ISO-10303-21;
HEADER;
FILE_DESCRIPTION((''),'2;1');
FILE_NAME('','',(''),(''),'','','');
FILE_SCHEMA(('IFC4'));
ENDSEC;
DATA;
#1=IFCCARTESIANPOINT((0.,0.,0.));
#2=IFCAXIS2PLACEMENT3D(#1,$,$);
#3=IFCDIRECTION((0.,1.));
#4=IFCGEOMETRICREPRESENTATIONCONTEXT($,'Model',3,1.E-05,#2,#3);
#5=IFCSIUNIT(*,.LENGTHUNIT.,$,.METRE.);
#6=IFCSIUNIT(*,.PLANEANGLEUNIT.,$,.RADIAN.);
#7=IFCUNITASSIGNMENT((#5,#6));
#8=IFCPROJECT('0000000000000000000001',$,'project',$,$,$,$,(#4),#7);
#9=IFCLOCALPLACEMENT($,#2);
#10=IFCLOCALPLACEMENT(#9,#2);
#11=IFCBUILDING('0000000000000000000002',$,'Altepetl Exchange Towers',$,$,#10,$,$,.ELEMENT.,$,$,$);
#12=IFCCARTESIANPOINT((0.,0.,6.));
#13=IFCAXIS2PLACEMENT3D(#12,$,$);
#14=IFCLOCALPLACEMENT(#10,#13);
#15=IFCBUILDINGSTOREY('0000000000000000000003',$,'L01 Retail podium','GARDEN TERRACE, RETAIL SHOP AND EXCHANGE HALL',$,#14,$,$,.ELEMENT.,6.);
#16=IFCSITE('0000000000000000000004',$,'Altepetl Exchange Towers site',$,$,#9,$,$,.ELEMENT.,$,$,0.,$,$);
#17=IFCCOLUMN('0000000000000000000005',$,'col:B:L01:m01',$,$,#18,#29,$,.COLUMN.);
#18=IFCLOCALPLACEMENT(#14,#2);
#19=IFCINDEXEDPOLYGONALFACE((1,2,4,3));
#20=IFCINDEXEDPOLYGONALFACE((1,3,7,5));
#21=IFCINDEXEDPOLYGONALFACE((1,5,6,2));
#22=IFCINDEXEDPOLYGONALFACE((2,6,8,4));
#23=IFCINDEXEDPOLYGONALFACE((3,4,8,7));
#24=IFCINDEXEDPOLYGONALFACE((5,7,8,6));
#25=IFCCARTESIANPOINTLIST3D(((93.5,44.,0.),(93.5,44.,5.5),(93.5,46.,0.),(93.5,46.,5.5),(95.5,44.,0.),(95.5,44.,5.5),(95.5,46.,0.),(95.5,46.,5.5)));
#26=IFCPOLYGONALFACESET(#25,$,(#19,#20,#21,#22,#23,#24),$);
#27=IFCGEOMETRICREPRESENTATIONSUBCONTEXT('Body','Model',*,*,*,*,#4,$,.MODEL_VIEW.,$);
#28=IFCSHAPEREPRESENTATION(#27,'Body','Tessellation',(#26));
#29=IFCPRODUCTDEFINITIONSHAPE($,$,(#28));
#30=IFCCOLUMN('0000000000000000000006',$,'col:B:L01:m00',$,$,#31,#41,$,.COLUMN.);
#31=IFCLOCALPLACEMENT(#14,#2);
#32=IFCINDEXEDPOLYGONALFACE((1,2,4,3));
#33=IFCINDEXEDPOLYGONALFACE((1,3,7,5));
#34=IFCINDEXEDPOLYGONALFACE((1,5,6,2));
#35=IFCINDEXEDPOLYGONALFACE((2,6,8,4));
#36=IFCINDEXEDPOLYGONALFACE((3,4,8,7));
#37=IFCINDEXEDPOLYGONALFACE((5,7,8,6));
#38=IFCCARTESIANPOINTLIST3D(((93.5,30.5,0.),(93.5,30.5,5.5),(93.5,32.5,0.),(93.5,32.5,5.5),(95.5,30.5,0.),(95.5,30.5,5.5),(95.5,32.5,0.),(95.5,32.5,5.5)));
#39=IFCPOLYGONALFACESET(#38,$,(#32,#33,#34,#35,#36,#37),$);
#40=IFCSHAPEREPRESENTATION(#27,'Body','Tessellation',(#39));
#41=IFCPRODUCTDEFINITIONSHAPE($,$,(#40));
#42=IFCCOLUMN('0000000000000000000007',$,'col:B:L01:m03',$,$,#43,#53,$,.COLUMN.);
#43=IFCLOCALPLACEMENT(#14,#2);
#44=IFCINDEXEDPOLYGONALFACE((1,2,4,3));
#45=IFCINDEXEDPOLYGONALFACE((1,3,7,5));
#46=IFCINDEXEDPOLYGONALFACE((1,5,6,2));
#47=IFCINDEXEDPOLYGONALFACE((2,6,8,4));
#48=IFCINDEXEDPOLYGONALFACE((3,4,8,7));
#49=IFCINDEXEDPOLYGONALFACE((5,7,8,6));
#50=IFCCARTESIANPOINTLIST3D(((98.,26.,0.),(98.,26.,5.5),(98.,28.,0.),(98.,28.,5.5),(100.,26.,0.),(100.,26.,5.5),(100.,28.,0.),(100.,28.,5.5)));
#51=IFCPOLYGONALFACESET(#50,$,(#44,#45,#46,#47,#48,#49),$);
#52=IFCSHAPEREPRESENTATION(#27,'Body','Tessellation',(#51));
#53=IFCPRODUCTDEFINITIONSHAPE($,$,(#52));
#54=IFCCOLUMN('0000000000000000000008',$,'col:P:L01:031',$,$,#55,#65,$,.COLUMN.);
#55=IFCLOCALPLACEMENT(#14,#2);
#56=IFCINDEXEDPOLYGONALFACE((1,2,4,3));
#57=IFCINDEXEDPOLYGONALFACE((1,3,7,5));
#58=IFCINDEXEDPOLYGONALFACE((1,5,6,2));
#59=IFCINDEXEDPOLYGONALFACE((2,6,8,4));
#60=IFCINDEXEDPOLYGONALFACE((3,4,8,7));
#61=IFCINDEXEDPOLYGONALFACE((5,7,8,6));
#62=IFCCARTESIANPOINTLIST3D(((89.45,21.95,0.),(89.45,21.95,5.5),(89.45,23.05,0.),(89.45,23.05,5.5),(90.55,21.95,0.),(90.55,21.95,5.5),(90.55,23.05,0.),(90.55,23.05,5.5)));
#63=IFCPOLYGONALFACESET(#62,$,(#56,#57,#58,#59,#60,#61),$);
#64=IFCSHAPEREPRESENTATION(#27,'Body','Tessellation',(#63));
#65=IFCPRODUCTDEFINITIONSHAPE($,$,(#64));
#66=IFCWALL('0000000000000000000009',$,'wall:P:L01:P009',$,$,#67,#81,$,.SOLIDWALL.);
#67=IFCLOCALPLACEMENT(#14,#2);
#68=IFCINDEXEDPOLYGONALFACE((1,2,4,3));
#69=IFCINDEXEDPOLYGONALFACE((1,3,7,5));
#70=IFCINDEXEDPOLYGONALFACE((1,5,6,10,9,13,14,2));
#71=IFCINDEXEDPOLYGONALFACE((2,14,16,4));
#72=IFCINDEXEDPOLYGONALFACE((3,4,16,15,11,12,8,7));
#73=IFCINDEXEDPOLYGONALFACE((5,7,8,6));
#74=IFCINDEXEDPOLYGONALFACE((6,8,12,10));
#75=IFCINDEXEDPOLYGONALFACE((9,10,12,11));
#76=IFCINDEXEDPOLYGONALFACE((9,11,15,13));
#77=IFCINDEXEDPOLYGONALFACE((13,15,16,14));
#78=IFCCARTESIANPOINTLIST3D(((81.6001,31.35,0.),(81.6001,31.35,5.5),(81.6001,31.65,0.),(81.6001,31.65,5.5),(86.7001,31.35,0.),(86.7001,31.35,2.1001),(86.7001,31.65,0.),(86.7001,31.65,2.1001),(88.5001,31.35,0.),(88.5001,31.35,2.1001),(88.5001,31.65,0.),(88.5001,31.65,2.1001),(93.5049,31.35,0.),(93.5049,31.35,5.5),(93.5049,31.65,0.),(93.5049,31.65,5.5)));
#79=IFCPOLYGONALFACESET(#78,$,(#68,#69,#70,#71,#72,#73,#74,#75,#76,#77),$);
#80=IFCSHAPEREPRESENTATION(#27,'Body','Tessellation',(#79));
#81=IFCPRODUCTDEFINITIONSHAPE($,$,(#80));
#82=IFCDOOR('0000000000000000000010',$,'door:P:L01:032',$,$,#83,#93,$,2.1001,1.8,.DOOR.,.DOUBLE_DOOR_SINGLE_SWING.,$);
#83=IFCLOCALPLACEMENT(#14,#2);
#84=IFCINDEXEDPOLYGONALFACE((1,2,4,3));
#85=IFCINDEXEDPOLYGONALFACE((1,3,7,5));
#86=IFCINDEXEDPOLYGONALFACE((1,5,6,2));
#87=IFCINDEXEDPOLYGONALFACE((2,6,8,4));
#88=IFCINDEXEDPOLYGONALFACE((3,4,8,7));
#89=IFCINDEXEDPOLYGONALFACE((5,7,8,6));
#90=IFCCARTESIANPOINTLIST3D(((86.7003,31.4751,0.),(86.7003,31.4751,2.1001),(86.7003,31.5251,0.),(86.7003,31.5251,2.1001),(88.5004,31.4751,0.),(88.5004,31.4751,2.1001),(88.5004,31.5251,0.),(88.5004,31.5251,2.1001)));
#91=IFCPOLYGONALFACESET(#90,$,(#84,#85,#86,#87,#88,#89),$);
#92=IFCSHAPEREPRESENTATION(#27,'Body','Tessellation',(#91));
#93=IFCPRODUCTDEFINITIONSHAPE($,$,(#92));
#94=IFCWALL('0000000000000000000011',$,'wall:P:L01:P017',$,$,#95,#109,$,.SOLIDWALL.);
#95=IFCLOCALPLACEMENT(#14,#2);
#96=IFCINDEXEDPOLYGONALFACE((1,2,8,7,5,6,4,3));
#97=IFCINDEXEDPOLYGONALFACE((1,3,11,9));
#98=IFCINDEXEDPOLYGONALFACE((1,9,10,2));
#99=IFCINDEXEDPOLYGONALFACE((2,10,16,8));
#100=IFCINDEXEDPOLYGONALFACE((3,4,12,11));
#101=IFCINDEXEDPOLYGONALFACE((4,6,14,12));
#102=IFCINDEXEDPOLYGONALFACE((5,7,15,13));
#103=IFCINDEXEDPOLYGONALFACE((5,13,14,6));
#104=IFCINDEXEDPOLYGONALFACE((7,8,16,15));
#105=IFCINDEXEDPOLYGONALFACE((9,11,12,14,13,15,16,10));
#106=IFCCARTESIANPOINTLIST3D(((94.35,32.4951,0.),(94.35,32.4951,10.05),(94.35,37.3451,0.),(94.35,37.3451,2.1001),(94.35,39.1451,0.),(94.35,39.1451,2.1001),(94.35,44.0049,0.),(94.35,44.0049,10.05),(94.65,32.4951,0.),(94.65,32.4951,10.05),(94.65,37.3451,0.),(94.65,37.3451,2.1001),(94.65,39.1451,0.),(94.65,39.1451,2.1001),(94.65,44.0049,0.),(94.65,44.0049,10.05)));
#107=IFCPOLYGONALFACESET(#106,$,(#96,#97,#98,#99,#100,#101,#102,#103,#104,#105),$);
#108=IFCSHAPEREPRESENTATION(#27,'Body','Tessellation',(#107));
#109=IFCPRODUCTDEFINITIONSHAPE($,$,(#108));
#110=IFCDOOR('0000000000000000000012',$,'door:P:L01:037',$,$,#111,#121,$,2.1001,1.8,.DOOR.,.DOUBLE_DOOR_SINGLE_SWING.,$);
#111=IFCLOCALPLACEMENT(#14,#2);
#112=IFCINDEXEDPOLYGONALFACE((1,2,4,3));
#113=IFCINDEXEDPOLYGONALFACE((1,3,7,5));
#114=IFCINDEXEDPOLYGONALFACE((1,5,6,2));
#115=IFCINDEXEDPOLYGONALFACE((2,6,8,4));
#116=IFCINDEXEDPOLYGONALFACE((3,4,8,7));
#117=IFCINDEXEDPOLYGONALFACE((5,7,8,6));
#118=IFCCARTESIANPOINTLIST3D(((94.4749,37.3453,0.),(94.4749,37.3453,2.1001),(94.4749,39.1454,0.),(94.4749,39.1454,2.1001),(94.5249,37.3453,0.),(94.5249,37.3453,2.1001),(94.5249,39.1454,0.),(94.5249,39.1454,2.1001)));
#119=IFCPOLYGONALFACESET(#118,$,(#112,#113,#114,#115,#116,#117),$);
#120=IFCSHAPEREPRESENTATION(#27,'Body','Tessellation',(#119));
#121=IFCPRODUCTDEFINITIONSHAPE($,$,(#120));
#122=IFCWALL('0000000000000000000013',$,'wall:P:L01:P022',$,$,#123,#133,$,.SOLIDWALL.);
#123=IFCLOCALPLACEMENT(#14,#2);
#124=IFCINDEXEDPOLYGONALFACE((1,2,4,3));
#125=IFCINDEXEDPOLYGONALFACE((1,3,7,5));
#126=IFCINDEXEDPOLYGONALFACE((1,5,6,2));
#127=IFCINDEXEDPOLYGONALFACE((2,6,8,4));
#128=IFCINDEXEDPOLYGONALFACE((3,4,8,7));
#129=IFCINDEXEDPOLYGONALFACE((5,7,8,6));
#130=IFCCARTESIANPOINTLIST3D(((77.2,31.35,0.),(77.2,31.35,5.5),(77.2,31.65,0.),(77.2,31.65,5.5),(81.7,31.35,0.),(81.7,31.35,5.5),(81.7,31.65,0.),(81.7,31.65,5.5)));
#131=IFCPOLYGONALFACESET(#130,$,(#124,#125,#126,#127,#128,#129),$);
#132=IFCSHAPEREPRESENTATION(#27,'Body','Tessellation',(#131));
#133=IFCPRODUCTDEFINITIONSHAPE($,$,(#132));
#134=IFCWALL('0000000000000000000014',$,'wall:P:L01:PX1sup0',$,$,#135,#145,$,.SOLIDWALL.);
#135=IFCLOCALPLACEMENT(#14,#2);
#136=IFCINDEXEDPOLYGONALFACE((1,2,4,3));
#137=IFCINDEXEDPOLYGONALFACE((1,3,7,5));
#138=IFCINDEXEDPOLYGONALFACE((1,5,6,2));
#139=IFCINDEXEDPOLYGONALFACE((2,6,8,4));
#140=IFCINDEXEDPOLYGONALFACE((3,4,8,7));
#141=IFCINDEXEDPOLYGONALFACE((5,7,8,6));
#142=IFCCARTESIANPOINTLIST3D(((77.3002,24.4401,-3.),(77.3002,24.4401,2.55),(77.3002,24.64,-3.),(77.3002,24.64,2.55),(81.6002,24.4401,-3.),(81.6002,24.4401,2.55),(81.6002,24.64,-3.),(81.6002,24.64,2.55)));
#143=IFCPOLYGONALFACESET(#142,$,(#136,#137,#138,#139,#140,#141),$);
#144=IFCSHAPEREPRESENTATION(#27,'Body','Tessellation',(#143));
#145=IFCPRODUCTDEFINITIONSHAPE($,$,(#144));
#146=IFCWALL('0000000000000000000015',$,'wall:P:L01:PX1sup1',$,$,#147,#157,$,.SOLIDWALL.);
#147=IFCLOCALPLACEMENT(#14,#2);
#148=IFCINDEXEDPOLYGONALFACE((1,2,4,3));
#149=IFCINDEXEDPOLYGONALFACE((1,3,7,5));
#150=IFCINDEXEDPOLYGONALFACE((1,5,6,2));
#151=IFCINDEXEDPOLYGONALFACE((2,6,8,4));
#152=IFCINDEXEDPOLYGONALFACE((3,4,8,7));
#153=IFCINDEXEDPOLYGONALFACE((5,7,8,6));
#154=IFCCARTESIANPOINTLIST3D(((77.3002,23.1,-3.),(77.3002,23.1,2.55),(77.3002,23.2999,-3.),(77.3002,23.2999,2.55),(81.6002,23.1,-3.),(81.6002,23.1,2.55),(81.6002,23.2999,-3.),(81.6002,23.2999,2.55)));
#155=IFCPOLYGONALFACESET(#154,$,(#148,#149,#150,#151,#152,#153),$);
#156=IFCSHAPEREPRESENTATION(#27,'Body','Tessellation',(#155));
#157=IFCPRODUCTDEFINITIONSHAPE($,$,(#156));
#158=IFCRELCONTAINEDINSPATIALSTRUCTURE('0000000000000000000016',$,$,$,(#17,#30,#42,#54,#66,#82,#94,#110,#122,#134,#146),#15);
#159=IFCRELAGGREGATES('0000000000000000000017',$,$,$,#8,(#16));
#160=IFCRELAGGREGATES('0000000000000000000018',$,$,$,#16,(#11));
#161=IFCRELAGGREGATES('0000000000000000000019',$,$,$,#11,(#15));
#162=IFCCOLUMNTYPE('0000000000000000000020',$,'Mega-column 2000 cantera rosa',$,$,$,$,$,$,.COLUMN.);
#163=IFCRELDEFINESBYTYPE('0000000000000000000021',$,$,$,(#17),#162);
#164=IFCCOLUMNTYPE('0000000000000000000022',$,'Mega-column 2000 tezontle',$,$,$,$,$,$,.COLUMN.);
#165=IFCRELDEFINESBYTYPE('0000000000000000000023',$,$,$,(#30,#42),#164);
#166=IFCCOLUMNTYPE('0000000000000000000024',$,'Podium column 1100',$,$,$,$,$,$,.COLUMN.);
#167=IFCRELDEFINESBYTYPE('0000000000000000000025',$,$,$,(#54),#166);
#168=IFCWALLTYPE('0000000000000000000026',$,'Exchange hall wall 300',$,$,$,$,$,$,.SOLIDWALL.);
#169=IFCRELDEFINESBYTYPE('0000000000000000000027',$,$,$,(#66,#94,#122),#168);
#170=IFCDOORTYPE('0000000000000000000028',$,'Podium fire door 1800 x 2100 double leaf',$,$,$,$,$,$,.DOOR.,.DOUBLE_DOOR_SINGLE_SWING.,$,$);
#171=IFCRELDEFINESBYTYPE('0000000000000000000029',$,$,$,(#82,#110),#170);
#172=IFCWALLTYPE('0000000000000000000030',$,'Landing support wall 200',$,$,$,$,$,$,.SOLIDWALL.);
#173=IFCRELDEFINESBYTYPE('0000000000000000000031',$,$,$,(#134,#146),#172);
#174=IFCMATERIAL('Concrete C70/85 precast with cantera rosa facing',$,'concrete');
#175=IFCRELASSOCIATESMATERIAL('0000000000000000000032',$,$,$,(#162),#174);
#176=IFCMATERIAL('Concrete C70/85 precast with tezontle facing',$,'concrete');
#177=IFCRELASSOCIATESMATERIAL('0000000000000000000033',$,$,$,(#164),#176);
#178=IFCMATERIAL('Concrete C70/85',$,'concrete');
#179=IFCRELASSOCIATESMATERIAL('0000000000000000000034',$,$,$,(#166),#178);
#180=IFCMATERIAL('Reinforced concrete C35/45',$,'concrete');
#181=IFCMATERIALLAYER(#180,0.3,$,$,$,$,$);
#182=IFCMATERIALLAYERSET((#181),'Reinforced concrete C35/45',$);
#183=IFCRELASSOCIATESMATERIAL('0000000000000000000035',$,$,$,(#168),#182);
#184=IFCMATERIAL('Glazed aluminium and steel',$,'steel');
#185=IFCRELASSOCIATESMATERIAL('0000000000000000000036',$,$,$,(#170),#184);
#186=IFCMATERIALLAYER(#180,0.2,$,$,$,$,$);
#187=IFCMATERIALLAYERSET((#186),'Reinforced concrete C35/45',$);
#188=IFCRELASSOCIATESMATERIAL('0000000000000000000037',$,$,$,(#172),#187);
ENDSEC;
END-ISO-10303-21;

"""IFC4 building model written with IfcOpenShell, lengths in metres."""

from ifc_helpers import new_model, si_unit, direction, frame, frame_2d, origin, origin_2d, place, context, subcontext, project, spatial, rectangle, extrude, material, layer, layer_set, material_profile, profile_set, type_object, element, fill, save


model = new_model("IFC4")

# Units and contexts
model_context = context("Model", 3, precision=1e-05, world=origin(), true_north=direction((0.0, 1.0)))
body_context = subcontext(model_context, "Body", "Model", "MODEL_VIEW")
ifc_project = project(units=[si_unit("LENGTHUNIT", "METRE"), si_unit("PLANEANGLEUNIT", "RADIAN")], contexts=[model_context])

# Site, building, storey
site_placement = place(None, origin())
site = spatial("IfcSite", under=ifc_project, at=site_placement, Name="Altepetl Exchange Towers site", CompositionType="ELEMENT", RefElevation=0.0)
building_placement = place(site_placement, origin())
building = spatial("IfcBuilding", under=site, at=building_placement, Name="Altepetl Exchange Towers", CompositionType="ELEMENT")
storey_placement = place(building_placement, frame((0.0, 0.0, 6.0)))
storey = spatial("IfcBuildingStorey", under=building, at=storey_placement, Name="L01 Retail podium", Description="GARDEN TERRACE, RETAIL SHOP AND EXCHANGE HALL", CompositionType="ELEMENT", Elevation=6.0)

# Columns
ifc_material_1 = material(Name="Concrete C70/85 precast with cantera rosa facing", Category="concrete")
ifc_material_profile_1 = material_profile(ifc_material_1, rectangle(XDim=2.0, YDim=2.0, at=origin_2d()), Name="2000 x 2000")
ifc_profile_set_1 = profile_set([ifc_material_profile_1], Name="Concrete C70/85 precast with cantera rosa facing")
column_type_1 = type_object("IfcColumnType", Name="Mega-column 2000 cantera rosa", PredefinedType="COLUMN", material=ifc_profile_set_1)
column_1_placement = place(storey_placement, frame((94.5, 45.0, 0.0)))
element("IfcColumn", 1, at=column_1_placement, inside=storey, type_object=column_type_1, Name="col:B:L01:m01", PredefinedType="COLUMN", context=body_context, shape_type="SweptSolid", body=[
    extrude(rectangle(XDim=2.0, YDim=2.0, at=origin_2d()), origin(), (0.0, 0.0, 1.0), 5.5),
])
ifc_material_2 = material(Name="Concrete C70/85 precast with tezontle facing", Category="concrete")
ifc_material_profile_2 = material_profile(ifc_material_2, rectangle(XDim=2.0, YDim=2.0, at=origin_2d()), Name="2000 x 2000")
ifc_profile_set_2 = profile_set([ifc_material_profile_2], Name="Concrete C70/85 precast with tezontle facing")
column_type_2 = type_object("IfcColumnType", Name="Mega-column 2000 tezontle", PredefinedType="COLUMN", material=ifc_profile_set_2)
for number, where, name in (
    (2, (94.5, 31.5, 0.0), "col:B:L01:m00"),
    (3, (99.0, 27.0, 0.0), "col:B:L01:m03"),
):
    element("IfcColumn", number, at=place(storey_placement, frame(where)), inside=storey, type_object=column_type_2, Name=name, PredefinedType="COLUMN", context=body_context, shape_type="SweptSolid", body=[
        extrude(rectangle(XDim=2.0, YDim=2.0, at=origin_2d()), origin(), (0.0, 0.0, 1.0), 5.5),
    ])
ifc_material_3 = material(Name="Concrete C70/85", Category="concrete")
ifc_material_profile_3 = material_profile(ifc_material_3, rectangle(XDim=1.1001, YDim=1.1001, at=origin_2d()), Name="1100 x 1100")
ifc_profile_set_3 = profile_set([ifc_material_profile_3], Name="Concrete C70/85")
column_type_3 = type_object("IfcColumnType", Name="Podium column 1100", PredefinedType="COLUMN", material=ifc_profile_set_3)
column_2_placement = place(storey_placement, frame((90.0, 22.5, 0.0)))
element("IfcColumn", 4, at=column_2_placement, inside=storey, type_object=column_type_3, Name="col:P:L01:031", PredefinedType="COLUMN", context=body_context, shape_type="SweptSolid", body=[
    extrude(rectangle(XDim=1.1001, YDim=1.1001, at=origin_2d()), origin(), (0.0, 0.0, 1.0), 5.5),
])

# Walls, openings, doors
ifc_material_4 = material(Name="Reinforced concrete C35/45", Category="concrete")
ifc_layer_1 = layer(ifc_material_4, 0.3)
ifc_layer_set_1 = layer_set([ifc_layer_1], Name="Reinforced concrete C35/45")
wall_type_1 = type_object("IfcWallType", Name="Exchange hall wall 300", PredefinedType="SOLIDWALL", material=ifc_layer_set_1)
wall_1_placement = place(storey_placement, frame((81.6001, 31.5, 0.0)))
wall_1 = element("IfcWall", 5, at=wall_1_placement, inside=storey, type_object=wall_type_1, Name="wall:P:L01:P009", PredefinedType="SOLIDWALL", context=body_context, shape_type="SweptSolid", body=[
    extrude(rectangle(XDim=11.9048, YDim=0.3, at=frame_2d((5.9524, 0.0))), origin(), (0.0, 0.0, 1.0), 5.5),
])
opening_1_placement = place(wall_1_placement, frame((5.1001, 0.0, 0.0)))
opening_1 = element("IfcOpeningElement", 6, at=opening_1_placement, cuts=wall_1, PredefinedType="OPENING", context=body_context, shape_type="SweptSolid", body=[
    extrude(rectangle(XDim=1.8, YDim=2.1001, at=frame_2d((0.8999, 1.05))), frame((0.0, 0.1602, 0.0), z_axis=(0.0, -1.0, 0.0), x_axis=(1.0, 0.0, 0.0)), (0.0, 0.0, 1.0), 0.3201),
])
ifc_material_5 = material(Name="Glazed aluminium and steel", Category="steel")
door_type_1 = type_object("IfcDoorType", Name="Podium fire door 1800 x 2100 double leaf", OperationType="DOUBLE_DOOR_SINGLE_SWING", PredefinedType="DOOR", material=ifc_material_5)
door_1_placement = place(opening_1_placement, frame((1.8, 0.0, 0.0), x_axis=(-1.0, 0.0, 0.0)))
door_1 = element("IfcDoor", 7, at=door_1_placement, inside=storey, type_object=door_type_1, Name="door:P:L01:032", OperationType="DOUBLE_DOOR_SINGLE_SWING", OverallHeight=2.1001, OverallWidth=1.8, PredefinedType="DOOR", context=body_context, shape_type="SweptSolid", body=[
    extrude(rectangle(XDim=1.8, YDim=2.1001, at=frame_2d((0.8999, 1.05))), frame((0.0, 0.0249, 0.0), z_axis=(0.0, -1.0, 0.0), x_axis=(1.0, 0.0, 0.0)), (0.0, 0.0, 1.0), 0.05),
])
fill(opening_1, door_1)
wall_2_placement = place(storey_placement, frame((94.5, 32.4951, 0.0), z_axis=(0.0, 0.0, 1.0), x_axis=(0.0, 1.0, 0.0)))
wall_2 = element("IfcWall", 8, at=wall_2_placement, inside=storey, type_object=wall_type_1, Name="wall:P:L01:P017", PredefinedType="SOLIDWALL", context=body_context, shape_type="SweptSolid", body=[
    extrude(rectangle(XDim=11.5098, YDim=0.3, at=frame_2d((5.7549, 0.0))), origin(), (0.0, 0.0, 1.0), 10.05),
])
opening_2_placement = place(wall_2_placement, frame((4.8501, 0.0, 0.0)))
opening_2 = element("IfcOpeningElement", 9, at=opening_2_placement, cuts=wall_2, PredefinedType="OPENING", context=body_context, shape_type="SweptSolid", body=[
    extrude(rectangle(XDim=1.8, YDim=2.1001, at=frame_2d((0.8999, 1.05))), frame((0.0, 0.1602, 0.0), z_axis=(0.0, -1.0, 0.0), x_axis=(1.0, 0.0, 0.0)), (0.0, 0.0, 1.0), 0.3201),
])
door_2_placement = place(opening_2_placement, frame((1.8, 0.0, 0.0), x_axis=(-1.0, 0.0, 0.0)))
door_2 = element("IfcDoor", 10, at=door_2_placement, inside=storey, type_object=door_type_1, Name="door:P:L01:037", OperationType="DOUBLE_DOOR_SINGLE_SWING", OverallHeight=2.1001, OverallWidth=1.8, PredefinedType="DOOR", context=body_context, shape_type="SweptSolid", body=[
    extrude(rectangle(XDim=1.8, YDim=2.1001, at=frame_2d((0.8999, 1.05))), frame((0.0, 0.0249, 0.0), z_axis=(0.0, -1.0, 0.0), x_axis=(1.0, 0.0, 0.0)), (0.0, 0.0, 1.0), 0.05),
])
fill(opening_2, door_2)

# Walls
wall_3_placement = place(storey_placement, frame((77.2, 31.5, 0.0)))
element("IfcWall", 11, at=wall_3_placement, inside=storey, type_object=wall_type_1, Name="wall:P:L01:P022", PredefinedType="SOLIDWALL", context=body_context, shape_type="SweptSolid", body=[
    extrude(rectangle(XDim=4.5, YDim=0.3, at=frame_2d((2.25, 0.0))), origin(), (0.0, 0.0, 1.0), 5.5),
])
ifc_layer_2 = layer(ifc_material_4, 0.2)
ifc_layer_set_2 = layer_set([ifc_layer_2], Name="Reinforced concrete C35/45")
wall_type_2 = type_object("IfcWallType", Name="Landing support wall 200", PredefinedType="SOLIDWALL", material=ifc_layer_set_2)
for number, where, z_axis, x_axis, name in (
    (12, (81.6001, 24.54, -3.0), (0.0, 0.0, 1.0), (-1.0, 0.0, 0.0), "wall:P:L01:PX1sup0"),
    (13, (81.6001, 23.2, -3.0), (0.0, 0.0, 1.0), (-1.0, 0.0, 0.0), "wall:P:L01:PX1sup1"),
):
    element("IfcWall", number, at=place(storey_placement, frame(where, z_axis=z_axis, x_axis=x_axis)), inside=storey, type_object=wall_type_2, Name=name, PredefinedType="SOLIDWALL", context=body_context, shape_type="SweptSolid", body=[
        extrude(rectangle(XDim=4.3, YDim=0.2, at=frame_2d((2.1499, 0.0))), origin(), (0.0, 0.0, 1.0), 5.55),
    ])

save(model, "model.ifc")
